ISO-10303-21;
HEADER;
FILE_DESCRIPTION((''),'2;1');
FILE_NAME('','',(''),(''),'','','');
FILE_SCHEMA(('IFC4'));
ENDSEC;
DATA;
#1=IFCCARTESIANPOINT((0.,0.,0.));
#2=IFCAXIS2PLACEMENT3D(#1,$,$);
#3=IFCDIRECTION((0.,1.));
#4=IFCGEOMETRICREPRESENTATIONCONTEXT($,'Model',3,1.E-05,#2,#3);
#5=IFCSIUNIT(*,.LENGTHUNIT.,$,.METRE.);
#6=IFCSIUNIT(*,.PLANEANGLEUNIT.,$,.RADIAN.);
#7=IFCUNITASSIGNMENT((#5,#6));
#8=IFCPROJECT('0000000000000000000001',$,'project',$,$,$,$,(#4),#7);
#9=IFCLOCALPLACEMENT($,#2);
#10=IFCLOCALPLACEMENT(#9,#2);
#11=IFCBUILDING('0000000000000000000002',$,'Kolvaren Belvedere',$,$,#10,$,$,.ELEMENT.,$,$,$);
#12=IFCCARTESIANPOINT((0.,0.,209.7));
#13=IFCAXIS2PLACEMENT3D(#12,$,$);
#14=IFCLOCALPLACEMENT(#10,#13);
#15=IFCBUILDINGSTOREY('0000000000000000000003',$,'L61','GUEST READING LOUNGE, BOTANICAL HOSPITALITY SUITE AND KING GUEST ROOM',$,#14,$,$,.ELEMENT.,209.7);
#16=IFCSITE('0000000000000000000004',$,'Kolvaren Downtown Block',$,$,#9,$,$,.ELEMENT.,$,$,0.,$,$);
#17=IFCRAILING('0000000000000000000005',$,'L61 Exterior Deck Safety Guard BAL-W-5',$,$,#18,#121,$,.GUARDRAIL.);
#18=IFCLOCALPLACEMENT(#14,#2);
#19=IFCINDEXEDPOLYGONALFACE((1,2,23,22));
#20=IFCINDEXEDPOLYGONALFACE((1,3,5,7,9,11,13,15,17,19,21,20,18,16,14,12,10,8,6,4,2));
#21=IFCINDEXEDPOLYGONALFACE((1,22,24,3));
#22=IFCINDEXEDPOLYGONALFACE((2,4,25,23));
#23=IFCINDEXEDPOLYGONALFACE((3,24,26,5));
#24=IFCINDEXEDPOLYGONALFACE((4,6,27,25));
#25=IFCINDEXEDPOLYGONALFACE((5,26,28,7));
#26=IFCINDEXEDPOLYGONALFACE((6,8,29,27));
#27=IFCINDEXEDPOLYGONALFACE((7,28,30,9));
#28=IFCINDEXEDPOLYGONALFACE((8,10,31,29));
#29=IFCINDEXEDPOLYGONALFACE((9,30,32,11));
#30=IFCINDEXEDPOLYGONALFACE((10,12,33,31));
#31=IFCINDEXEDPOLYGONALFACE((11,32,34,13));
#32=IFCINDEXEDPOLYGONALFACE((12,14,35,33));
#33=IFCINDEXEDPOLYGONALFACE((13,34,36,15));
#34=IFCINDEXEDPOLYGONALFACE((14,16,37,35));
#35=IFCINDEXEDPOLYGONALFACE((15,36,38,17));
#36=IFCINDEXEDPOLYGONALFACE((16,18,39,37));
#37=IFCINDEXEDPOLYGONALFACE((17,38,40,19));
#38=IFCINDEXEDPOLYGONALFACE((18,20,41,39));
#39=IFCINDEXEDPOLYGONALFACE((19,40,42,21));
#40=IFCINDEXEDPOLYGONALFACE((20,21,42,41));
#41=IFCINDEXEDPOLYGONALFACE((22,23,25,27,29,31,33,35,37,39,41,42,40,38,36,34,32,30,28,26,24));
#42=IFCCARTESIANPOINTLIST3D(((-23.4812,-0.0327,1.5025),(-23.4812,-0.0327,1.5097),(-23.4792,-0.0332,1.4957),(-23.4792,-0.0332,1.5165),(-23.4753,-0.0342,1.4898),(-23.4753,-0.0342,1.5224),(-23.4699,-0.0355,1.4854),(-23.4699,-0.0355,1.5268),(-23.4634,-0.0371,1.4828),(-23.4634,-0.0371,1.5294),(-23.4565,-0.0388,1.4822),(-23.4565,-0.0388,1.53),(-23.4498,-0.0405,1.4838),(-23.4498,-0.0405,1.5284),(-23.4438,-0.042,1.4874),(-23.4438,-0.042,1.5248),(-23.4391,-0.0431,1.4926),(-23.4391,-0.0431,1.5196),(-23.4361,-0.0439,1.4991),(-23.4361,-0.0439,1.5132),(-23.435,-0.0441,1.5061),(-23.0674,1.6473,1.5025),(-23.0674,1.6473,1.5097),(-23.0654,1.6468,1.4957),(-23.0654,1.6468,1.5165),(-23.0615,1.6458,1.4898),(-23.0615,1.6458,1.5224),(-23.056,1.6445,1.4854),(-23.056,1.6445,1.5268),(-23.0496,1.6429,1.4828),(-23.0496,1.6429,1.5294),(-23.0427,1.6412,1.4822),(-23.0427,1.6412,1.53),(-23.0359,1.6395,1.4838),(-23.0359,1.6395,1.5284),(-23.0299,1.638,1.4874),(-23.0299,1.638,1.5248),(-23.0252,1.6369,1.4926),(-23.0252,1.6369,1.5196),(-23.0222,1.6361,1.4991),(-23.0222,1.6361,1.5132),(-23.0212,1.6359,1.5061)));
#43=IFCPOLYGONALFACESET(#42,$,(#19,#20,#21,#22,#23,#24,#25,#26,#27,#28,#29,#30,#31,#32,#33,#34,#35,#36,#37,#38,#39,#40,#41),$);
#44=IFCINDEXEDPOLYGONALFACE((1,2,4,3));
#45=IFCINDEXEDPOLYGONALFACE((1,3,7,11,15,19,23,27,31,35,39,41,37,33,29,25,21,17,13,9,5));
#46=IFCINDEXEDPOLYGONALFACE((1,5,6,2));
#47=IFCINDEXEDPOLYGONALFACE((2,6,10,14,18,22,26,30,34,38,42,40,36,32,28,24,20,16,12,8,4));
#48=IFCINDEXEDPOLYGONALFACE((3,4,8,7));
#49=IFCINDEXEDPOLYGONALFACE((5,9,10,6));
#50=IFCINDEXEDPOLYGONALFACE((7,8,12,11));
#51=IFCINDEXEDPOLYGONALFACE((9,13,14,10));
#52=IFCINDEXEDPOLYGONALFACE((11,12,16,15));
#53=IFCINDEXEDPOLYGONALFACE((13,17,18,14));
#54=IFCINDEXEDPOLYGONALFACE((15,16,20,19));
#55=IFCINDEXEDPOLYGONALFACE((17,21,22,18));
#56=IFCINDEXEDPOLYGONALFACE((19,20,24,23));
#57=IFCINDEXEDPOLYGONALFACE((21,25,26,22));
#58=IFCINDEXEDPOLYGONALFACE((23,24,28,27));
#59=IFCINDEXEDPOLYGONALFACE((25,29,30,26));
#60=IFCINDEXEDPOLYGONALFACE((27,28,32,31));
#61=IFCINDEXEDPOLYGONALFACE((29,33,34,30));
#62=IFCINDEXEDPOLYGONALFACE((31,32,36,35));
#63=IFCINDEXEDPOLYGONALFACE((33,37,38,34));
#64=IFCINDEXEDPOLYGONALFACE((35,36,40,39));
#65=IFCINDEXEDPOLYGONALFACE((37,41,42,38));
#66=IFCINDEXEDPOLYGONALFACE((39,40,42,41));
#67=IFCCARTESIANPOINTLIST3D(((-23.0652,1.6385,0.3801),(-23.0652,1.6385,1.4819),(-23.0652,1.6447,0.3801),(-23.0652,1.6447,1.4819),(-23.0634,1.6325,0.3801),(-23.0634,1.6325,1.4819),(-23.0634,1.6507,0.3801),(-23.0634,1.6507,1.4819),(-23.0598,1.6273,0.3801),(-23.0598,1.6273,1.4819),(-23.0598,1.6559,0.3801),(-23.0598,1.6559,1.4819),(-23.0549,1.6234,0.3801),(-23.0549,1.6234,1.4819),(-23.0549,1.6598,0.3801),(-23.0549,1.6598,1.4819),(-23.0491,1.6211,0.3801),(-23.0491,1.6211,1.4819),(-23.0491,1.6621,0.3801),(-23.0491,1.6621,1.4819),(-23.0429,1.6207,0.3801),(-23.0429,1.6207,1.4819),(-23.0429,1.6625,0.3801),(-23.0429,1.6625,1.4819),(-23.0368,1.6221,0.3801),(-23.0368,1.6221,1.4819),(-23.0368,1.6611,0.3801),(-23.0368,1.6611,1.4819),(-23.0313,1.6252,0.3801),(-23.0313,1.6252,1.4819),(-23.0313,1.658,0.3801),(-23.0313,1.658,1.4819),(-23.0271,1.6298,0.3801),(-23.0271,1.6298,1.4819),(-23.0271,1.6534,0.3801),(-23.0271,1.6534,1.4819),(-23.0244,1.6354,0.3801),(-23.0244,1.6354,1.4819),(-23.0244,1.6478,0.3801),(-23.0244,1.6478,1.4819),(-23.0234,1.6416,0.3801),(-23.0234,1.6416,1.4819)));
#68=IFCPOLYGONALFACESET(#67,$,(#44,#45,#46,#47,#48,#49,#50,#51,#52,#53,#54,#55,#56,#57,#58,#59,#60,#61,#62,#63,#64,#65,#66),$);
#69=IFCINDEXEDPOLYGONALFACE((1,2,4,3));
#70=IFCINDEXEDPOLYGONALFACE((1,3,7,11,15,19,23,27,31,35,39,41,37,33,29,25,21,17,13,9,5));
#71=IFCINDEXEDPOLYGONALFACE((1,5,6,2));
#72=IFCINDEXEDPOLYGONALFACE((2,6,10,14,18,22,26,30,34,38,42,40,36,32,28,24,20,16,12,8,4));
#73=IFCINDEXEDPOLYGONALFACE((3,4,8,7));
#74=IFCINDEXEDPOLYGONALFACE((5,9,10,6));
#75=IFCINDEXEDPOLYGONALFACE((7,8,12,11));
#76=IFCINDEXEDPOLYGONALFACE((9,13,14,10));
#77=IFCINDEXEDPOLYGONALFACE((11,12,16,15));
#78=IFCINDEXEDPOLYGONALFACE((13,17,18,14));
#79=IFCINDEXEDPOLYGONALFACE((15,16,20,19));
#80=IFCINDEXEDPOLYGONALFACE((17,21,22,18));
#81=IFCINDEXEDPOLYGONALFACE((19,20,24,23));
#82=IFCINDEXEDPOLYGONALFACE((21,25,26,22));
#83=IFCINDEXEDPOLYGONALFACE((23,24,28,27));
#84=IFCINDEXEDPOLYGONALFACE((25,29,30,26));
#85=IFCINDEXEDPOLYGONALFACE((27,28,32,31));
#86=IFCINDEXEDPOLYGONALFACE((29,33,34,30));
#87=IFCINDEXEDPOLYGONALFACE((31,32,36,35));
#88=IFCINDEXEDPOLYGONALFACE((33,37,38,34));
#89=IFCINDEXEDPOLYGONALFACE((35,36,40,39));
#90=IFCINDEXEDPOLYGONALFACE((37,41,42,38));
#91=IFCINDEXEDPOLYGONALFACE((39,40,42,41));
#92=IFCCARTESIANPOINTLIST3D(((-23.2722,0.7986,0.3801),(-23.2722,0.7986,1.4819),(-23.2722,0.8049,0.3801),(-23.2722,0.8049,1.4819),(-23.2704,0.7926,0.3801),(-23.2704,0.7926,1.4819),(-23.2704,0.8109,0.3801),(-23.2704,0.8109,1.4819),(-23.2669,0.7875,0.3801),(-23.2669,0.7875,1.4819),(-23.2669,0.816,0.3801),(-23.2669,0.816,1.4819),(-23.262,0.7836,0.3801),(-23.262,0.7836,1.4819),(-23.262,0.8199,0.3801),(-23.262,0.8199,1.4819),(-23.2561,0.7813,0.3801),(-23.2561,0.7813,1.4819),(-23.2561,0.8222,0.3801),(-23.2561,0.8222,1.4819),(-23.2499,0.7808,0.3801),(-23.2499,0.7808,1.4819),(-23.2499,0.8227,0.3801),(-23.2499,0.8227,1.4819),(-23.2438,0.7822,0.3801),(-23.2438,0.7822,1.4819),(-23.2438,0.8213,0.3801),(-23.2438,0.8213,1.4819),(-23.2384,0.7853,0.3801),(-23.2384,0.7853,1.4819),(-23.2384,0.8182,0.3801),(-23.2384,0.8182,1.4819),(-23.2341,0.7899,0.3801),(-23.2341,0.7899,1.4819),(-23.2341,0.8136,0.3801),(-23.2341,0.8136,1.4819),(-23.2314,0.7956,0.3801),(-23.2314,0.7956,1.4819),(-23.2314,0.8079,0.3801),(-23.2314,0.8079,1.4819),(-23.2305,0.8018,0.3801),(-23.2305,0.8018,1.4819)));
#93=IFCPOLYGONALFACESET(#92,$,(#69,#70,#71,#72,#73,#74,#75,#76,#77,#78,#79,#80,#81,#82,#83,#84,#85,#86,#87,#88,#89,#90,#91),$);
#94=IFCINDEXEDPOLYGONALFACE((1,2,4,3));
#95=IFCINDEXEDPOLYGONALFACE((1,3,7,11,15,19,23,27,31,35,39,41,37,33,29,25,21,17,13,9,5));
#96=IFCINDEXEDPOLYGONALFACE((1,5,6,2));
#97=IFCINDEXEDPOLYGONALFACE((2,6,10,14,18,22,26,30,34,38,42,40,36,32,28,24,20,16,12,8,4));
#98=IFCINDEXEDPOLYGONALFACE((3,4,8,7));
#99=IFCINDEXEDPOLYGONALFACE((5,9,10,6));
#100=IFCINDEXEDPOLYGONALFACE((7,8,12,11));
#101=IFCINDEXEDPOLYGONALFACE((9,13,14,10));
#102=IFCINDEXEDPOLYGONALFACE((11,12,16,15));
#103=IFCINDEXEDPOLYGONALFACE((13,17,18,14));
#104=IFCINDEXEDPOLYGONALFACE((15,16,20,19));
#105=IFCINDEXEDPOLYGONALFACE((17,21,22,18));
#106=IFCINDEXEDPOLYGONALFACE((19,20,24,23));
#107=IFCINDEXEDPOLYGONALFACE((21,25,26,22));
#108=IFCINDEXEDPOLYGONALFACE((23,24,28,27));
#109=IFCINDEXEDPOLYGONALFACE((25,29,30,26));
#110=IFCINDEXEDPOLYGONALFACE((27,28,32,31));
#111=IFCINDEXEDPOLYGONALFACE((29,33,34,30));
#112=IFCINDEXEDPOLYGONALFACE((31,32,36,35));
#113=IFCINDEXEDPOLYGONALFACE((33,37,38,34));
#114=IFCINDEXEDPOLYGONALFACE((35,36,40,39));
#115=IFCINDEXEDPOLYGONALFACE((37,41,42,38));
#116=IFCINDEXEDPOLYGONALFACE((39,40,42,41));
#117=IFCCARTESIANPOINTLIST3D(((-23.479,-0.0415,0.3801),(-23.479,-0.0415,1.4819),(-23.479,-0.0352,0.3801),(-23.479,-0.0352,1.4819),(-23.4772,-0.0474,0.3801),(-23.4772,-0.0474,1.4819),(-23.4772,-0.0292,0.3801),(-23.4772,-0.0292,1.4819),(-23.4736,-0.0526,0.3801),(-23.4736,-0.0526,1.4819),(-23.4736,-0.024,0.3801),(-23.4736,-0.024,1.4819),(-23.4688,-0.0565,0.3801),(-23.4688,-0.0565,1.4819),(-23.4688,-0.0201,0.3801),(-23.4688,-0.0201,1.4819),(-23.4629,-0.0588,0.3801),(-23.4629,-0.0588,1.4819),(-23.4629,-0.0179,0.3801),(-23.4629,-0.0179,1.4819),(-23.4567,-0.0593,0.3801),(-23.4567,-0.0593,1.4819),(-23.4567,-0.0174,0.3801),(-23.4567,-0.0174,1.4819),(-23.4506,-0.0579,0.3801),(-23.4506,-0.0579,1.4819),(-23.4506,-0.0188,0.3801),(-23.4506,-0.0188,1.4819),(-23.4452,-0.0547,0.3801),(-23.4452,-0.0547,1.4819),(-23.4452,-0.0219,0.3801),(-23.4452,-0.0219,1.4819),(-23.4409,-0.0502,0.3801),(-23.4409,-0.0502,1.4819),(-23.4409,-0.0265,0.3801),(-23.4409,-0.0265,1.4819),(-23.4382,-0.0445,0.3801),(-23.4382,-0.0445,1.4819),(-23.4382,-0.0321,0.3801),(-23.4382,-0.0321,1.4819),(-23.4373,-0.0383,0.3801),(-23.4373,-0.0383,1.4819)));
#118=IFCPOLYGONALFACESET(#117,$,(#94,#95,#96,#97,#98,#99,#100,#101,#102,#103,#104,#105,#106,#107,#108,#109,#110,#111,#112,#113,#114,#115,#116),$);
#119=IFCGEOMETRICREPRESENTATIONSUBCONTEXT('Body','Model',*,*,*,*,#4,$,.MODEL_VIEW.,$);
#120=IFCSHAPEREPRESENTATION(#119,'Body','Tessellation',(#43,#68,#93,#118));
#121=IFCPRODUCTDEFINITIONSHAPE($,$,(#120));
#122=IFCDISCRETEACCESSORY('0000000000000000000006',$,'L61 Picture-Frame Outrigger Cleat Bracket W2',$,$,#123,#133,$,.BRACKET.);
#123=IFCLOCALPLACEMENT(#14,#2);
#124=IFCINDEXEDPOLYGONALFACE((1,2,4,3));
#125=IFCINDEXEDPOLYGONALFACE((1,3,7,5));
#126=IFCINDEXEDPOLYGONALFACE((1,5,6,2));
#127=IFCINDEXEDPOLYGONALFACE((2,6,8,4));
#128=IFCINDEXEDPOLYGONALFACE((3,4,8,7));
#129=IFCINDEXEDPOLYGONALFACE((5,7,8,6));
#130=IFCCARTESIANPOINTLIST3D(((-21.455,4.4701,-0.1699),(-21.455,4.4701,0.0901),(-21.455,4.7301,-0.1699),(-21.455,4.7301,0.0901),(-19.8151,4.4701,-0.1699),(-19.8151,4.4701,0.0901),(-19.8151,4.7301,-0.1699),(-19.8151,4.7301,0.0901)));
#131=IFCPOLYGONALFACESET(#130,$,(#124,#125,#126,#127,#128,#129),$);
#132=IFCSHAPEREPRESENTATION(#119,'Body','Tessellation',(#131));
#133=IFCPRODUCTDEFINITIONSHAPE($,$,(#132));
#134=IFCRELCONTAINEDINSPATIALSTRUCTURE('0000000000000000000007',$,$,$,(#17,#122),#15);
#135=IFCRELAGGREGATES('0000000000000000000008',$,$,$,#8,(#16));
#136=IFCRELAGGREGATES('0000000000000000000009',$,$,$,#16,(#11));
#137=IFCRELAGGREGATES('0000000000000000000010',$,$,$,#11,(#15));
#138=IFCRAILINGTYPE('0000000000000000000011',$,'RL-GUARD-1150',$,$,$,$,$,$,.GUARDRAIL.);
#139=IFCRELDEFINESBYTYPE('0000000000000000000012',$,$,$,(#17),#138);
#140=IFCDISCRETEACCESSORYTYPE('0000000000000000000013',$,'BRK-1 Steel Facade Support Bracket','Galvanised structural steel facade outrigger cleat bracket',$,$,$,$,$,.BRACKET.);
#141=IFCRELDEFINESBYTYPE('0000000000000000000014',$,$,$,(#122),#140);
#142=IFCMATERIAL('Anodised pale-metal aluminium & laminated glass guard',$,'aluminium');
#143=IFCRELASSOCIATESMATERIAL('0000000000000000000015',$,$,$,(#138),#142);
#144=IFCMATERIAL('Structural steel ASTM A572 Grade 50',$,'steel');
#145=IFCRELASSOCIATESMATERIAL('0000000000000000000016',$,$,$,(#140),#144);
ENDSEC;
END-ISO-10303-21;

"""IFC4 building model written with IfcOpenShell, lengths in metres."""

from ifc_helpers import new_model, si_unit, direction, frame, origin, origin_2d, place, context, subcontext, project, spatial, rectangle, circle, extrude, material, type_object, element, save


model = new_model("IFC4")

# Units and contexts
model_context = context("Model", 3, precision=1e-05, world=origin(), true_north=direction((0.0, 1.0)))
body_context = subcontext(model_context, "Body", "Model", "MODEL_VIEW")
ifc_project = project(units=[si_unit("LENGTHUNIT", "METRE"), si_unit("PLANEANGLEUNIT", "RADIAN")], contexts=[model_context])

# Site, building, storey
site_placement = place(None, origin())
site = spatial("IfcSite", under=ifc_project, at=site_placement, Name="Kolvaren Downtown Block", CompositionType="ELEMENT", RefElevation=0.0)
building_placement = place(site_placement, origin())
building = spatial("IfcBuilding", under=site, at=building_placement, Name="Kolvaren Belvedere", CompositionType="ELEMENT")
storey_placement = place(building_placement, frame((0.0, 0.0, 209.7)))
storey = spatial("IfcBuildingStorey", under=building, at=storey_placement, Name="L61", Description="GUEST READING LOUNGE, BOTANICAL HOSPITALITY SUITE AND KING GUEST ROOM", CompositionType="ELEMENT", Elevation=209.7)

# Railing
ifc_material_1 = material(Name="Anodised pale-metal aluminium & laminated glass guard", Category="aluminium")
railing_type = type_object("IfcRailingType", Name="RL-GUARD-1150", PredefinedType="GUARDRAIL", material=ifc_material_1)
railing_1_placement = place(storey_placement, frame((-23.0444, 1.6416, 0.3801)))
element("IfcRailing", 1, at=railing_1_placement, inside=storey, type_object=railing_type, Name="L61 Exterior Deck Safety Guard BAL-W-5", PredefinedType="GUARDRAIL", context=body_context, shape_type="SweptSolid", body=[
    extrude(circle(Radius=0.0239, at=origin_2d()), frame((0.0, 0.0, 1.126), z_axis=(-0.239181, -0.970975, 0.0), x_axis=(0.970975, -0.239181, 0.0)), (0.0, 0.0, 1.0), 1.7302),
    extrude(circle(Radius=0.021, at=origin_2d()), origin(), (0.0, 0.0, 1.0), 1.1018),
    extrude(circle(Radius=0.021, at=origin_2d()), frame((-0.207, -0.8398, 0.0)), (0.0, 0.0, 1.0), 1.1018),
    extrude(circle(Radius=0.021, at=origin_2d()), frame((-0.4138, -1.6799, 0.0)), (0.0, 0.0, 1.0), 1.1018),
])

# Discrete accessory
ifc_material_2 = material(Name="Structural steel ASTM A572 Grade 50", Category="steel")
discrete_accessory_type = type_object("IfcDiscreteAccessoryType", Name="BRK-1 Steel Facade Support Bracket", Description="Galvanised structural steel facade outrigger cleat bracket", PredefinedType="BRACKET", material=ifc_material_2)
discrete_accessory_placement = place(storey_placement, frame((-20.635, 4.6001, -0.1699), z_axis=(0.0, 0.0, 1.0), x_axis=(1.0, 0.0, 0.0)))
element("IfcDiscreteAccessory", 2, at=discrete_accessory_placement, inside=storey, type_object=discrete_accessory_type, Name="L61 Picture-Frame Outrigger Cleat Bracket W2", PredefinedType="BRACKET", context=body_context, shape_type="SweptSolid", body=[
    extrude(rectangle(XDim=1.6399, YDim=0.26, at=origin_2d()), origin(), (0.0, 0.0, 1.0), 0.26),
])

save(model, "model.ifc")
